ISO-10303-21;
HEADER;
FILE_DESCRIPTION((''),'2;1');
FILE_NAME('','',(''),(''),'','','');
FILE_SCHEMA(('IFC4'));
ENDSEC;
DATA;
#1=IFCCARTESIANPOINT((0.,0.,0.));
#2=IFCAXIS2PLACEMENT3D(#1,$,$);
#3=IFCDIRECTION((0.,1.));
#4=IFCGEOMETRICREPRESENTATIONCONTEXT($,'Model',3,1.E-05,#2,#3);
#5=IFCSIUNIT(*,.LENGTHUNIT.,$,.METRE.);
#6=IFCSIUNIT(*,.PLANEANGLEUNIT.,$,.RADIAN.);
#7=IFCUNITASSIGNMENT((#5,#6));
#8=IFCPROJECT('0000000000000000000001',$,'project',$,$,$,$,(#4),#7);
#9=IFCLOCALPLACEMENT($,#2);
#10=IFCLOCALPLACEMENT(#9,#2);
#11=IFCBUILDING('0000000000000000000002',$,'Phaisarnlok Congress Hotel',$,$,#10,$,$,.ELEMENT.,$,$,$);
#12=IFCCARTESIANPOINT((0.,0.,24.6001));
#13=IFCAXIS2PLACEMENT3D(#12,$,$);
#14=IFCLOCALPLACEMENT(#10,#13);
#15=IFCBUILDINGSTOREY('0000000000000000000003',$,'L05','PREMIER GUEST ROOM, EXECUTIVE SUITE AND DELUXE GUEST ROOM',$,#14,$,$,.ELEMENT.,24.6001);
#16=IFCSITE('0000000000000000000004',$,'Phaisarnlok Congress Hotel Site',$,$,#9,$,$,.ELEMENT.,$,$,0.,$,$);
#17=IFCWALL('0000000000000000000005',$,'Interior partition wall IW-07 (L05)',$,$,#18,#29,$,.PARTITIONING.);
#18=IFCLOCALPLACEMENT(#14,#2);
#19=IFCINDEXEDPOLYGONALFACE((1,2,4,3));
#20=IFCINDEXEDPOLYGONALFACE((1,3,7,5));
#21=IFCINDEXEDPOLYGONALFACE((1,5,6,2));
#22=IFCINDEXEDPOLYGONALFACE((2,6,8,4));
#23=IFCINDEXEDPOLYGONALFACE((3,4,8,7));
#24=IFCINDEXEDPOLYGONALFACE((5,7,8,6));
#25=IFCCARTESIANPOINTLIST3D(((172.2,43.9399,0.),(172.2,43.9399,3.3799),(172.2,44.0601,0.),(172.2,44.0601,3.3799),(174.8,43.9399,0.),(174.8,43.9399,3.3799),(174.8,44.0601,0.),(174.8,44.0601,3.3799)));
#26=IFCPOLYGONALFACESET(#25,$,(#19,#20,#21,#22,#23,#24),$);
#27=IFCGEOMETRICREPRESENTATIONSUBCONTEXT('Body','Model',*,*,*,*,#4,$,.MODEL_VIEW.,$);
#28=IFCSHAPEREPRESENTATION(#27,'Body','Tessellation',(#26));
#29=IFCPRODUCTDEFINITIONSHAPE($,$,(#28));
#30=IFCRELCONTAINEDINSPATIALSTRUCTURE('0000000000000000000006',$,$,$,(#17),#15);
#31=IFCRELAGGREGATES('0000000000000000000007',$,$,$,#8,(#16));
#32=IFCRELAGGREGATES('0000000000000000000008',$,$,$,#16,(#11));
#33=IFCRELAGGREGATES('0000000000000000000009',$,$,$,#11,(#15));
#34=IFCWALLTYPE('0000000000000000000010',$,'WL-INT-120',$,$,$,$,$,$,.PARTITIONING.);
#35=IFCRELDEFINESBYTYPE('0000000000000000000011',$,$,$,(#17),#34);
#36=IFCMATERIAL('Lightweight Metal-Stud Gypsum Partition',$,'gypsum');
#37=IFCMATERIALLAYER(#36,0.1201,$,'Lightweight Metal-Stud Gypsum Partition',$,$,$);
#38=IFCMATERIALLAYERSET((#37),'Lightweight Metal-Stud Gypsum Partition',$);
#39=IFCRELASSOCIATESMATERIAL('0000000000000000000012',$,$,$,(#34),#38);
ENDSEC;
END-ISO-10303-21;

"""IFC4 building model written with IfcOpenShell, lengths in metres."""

from ifc_helpers import new_model, si_unit, direction, frame, frame_2d, origin, place, context, subcontext, project, spatial, rectangle, extrude, material, layer, layer_set, type_object, element, save


model = new_model("IFC4")

# Units and contexts
model_context = context("Model", 3, precision=1e-05, world=origin(), true_north=direction((0.0, 1.0)))
body_context = subcontext(model_context, "Body", "Model", "MODEL_VIEW")
ifc_project = project(units=[si_unit("LENGTHUNIT", "METRE"), si_unit("PLANEANGLEUNIT", "RADIAN")], contexts=[model_context])

# Site, building, storey
site_placement = place(None, origin())
site = spatial("IfcSite", under=ifc_project, at=site_placement, Name="Phaisarnlok Congress Hotel Site", CompositionType="ELEMENT", RefElevation=0.0)
building_placement = place(site_placement, origin())
building = spatial("IfcBuilding", under=site, at=building_placement, Name="Phaisarnlok Congress Hotel", CompositionType="ELEMENT")
storey_placement = place(building_placement, frame((0.0, 0.0, 24.6001)))
storey = spatial("IfcBuildingStorey", under=building, at=storey_placement, Name="L05", Description="PREMIER GUEST ROOM, EXECUTIVE SUITE AND DELUXE GUEST ROOM", CompositionType="ELEMENT", Elevation=24.6001)

# Wall
ifc_material_1 = material(Name="Lightweight Metal-Stud Gypsum Partition", Category="gypsum")
ifc_layer_1 = layer(ifc_material_1, 0.1201, Name="Lightweight Metal-Stud Gypsum Partition")
ifc_layer_set_1 = layer_set([ifc_layer_1], Name="Lightweight Metal-Stud Gypsum Partition")
wall_type_1 = type_object("IfcWallType", Name="WL-INT-120", PredefinedType="PARTITIONING", material=ifc_layer_set_1)
wall_1_placement = place(storey_placement, frame((172.2, 44.0, 0.0), z_axis=(0.0, 0.0, 1.0), x_axis=(1.0, 0.0, 0.0)))
element("IfcWall", 1, at=wall_1_placement, inside=storey, type_object=wall_type_1, Name="Interior partition wall IW-07 (L05)", PredefinedType="PARTITIONING", context=body_context, shape_type="SweptSolid", body=[
    extrude(rectangle(XDim=2.6001, YDim=0.1201, at=frame_2d((1.3, 0.0))), origin(), (0.0, 0.0, 1.0), 3.3799),
])

save(model, "model.ifc")
